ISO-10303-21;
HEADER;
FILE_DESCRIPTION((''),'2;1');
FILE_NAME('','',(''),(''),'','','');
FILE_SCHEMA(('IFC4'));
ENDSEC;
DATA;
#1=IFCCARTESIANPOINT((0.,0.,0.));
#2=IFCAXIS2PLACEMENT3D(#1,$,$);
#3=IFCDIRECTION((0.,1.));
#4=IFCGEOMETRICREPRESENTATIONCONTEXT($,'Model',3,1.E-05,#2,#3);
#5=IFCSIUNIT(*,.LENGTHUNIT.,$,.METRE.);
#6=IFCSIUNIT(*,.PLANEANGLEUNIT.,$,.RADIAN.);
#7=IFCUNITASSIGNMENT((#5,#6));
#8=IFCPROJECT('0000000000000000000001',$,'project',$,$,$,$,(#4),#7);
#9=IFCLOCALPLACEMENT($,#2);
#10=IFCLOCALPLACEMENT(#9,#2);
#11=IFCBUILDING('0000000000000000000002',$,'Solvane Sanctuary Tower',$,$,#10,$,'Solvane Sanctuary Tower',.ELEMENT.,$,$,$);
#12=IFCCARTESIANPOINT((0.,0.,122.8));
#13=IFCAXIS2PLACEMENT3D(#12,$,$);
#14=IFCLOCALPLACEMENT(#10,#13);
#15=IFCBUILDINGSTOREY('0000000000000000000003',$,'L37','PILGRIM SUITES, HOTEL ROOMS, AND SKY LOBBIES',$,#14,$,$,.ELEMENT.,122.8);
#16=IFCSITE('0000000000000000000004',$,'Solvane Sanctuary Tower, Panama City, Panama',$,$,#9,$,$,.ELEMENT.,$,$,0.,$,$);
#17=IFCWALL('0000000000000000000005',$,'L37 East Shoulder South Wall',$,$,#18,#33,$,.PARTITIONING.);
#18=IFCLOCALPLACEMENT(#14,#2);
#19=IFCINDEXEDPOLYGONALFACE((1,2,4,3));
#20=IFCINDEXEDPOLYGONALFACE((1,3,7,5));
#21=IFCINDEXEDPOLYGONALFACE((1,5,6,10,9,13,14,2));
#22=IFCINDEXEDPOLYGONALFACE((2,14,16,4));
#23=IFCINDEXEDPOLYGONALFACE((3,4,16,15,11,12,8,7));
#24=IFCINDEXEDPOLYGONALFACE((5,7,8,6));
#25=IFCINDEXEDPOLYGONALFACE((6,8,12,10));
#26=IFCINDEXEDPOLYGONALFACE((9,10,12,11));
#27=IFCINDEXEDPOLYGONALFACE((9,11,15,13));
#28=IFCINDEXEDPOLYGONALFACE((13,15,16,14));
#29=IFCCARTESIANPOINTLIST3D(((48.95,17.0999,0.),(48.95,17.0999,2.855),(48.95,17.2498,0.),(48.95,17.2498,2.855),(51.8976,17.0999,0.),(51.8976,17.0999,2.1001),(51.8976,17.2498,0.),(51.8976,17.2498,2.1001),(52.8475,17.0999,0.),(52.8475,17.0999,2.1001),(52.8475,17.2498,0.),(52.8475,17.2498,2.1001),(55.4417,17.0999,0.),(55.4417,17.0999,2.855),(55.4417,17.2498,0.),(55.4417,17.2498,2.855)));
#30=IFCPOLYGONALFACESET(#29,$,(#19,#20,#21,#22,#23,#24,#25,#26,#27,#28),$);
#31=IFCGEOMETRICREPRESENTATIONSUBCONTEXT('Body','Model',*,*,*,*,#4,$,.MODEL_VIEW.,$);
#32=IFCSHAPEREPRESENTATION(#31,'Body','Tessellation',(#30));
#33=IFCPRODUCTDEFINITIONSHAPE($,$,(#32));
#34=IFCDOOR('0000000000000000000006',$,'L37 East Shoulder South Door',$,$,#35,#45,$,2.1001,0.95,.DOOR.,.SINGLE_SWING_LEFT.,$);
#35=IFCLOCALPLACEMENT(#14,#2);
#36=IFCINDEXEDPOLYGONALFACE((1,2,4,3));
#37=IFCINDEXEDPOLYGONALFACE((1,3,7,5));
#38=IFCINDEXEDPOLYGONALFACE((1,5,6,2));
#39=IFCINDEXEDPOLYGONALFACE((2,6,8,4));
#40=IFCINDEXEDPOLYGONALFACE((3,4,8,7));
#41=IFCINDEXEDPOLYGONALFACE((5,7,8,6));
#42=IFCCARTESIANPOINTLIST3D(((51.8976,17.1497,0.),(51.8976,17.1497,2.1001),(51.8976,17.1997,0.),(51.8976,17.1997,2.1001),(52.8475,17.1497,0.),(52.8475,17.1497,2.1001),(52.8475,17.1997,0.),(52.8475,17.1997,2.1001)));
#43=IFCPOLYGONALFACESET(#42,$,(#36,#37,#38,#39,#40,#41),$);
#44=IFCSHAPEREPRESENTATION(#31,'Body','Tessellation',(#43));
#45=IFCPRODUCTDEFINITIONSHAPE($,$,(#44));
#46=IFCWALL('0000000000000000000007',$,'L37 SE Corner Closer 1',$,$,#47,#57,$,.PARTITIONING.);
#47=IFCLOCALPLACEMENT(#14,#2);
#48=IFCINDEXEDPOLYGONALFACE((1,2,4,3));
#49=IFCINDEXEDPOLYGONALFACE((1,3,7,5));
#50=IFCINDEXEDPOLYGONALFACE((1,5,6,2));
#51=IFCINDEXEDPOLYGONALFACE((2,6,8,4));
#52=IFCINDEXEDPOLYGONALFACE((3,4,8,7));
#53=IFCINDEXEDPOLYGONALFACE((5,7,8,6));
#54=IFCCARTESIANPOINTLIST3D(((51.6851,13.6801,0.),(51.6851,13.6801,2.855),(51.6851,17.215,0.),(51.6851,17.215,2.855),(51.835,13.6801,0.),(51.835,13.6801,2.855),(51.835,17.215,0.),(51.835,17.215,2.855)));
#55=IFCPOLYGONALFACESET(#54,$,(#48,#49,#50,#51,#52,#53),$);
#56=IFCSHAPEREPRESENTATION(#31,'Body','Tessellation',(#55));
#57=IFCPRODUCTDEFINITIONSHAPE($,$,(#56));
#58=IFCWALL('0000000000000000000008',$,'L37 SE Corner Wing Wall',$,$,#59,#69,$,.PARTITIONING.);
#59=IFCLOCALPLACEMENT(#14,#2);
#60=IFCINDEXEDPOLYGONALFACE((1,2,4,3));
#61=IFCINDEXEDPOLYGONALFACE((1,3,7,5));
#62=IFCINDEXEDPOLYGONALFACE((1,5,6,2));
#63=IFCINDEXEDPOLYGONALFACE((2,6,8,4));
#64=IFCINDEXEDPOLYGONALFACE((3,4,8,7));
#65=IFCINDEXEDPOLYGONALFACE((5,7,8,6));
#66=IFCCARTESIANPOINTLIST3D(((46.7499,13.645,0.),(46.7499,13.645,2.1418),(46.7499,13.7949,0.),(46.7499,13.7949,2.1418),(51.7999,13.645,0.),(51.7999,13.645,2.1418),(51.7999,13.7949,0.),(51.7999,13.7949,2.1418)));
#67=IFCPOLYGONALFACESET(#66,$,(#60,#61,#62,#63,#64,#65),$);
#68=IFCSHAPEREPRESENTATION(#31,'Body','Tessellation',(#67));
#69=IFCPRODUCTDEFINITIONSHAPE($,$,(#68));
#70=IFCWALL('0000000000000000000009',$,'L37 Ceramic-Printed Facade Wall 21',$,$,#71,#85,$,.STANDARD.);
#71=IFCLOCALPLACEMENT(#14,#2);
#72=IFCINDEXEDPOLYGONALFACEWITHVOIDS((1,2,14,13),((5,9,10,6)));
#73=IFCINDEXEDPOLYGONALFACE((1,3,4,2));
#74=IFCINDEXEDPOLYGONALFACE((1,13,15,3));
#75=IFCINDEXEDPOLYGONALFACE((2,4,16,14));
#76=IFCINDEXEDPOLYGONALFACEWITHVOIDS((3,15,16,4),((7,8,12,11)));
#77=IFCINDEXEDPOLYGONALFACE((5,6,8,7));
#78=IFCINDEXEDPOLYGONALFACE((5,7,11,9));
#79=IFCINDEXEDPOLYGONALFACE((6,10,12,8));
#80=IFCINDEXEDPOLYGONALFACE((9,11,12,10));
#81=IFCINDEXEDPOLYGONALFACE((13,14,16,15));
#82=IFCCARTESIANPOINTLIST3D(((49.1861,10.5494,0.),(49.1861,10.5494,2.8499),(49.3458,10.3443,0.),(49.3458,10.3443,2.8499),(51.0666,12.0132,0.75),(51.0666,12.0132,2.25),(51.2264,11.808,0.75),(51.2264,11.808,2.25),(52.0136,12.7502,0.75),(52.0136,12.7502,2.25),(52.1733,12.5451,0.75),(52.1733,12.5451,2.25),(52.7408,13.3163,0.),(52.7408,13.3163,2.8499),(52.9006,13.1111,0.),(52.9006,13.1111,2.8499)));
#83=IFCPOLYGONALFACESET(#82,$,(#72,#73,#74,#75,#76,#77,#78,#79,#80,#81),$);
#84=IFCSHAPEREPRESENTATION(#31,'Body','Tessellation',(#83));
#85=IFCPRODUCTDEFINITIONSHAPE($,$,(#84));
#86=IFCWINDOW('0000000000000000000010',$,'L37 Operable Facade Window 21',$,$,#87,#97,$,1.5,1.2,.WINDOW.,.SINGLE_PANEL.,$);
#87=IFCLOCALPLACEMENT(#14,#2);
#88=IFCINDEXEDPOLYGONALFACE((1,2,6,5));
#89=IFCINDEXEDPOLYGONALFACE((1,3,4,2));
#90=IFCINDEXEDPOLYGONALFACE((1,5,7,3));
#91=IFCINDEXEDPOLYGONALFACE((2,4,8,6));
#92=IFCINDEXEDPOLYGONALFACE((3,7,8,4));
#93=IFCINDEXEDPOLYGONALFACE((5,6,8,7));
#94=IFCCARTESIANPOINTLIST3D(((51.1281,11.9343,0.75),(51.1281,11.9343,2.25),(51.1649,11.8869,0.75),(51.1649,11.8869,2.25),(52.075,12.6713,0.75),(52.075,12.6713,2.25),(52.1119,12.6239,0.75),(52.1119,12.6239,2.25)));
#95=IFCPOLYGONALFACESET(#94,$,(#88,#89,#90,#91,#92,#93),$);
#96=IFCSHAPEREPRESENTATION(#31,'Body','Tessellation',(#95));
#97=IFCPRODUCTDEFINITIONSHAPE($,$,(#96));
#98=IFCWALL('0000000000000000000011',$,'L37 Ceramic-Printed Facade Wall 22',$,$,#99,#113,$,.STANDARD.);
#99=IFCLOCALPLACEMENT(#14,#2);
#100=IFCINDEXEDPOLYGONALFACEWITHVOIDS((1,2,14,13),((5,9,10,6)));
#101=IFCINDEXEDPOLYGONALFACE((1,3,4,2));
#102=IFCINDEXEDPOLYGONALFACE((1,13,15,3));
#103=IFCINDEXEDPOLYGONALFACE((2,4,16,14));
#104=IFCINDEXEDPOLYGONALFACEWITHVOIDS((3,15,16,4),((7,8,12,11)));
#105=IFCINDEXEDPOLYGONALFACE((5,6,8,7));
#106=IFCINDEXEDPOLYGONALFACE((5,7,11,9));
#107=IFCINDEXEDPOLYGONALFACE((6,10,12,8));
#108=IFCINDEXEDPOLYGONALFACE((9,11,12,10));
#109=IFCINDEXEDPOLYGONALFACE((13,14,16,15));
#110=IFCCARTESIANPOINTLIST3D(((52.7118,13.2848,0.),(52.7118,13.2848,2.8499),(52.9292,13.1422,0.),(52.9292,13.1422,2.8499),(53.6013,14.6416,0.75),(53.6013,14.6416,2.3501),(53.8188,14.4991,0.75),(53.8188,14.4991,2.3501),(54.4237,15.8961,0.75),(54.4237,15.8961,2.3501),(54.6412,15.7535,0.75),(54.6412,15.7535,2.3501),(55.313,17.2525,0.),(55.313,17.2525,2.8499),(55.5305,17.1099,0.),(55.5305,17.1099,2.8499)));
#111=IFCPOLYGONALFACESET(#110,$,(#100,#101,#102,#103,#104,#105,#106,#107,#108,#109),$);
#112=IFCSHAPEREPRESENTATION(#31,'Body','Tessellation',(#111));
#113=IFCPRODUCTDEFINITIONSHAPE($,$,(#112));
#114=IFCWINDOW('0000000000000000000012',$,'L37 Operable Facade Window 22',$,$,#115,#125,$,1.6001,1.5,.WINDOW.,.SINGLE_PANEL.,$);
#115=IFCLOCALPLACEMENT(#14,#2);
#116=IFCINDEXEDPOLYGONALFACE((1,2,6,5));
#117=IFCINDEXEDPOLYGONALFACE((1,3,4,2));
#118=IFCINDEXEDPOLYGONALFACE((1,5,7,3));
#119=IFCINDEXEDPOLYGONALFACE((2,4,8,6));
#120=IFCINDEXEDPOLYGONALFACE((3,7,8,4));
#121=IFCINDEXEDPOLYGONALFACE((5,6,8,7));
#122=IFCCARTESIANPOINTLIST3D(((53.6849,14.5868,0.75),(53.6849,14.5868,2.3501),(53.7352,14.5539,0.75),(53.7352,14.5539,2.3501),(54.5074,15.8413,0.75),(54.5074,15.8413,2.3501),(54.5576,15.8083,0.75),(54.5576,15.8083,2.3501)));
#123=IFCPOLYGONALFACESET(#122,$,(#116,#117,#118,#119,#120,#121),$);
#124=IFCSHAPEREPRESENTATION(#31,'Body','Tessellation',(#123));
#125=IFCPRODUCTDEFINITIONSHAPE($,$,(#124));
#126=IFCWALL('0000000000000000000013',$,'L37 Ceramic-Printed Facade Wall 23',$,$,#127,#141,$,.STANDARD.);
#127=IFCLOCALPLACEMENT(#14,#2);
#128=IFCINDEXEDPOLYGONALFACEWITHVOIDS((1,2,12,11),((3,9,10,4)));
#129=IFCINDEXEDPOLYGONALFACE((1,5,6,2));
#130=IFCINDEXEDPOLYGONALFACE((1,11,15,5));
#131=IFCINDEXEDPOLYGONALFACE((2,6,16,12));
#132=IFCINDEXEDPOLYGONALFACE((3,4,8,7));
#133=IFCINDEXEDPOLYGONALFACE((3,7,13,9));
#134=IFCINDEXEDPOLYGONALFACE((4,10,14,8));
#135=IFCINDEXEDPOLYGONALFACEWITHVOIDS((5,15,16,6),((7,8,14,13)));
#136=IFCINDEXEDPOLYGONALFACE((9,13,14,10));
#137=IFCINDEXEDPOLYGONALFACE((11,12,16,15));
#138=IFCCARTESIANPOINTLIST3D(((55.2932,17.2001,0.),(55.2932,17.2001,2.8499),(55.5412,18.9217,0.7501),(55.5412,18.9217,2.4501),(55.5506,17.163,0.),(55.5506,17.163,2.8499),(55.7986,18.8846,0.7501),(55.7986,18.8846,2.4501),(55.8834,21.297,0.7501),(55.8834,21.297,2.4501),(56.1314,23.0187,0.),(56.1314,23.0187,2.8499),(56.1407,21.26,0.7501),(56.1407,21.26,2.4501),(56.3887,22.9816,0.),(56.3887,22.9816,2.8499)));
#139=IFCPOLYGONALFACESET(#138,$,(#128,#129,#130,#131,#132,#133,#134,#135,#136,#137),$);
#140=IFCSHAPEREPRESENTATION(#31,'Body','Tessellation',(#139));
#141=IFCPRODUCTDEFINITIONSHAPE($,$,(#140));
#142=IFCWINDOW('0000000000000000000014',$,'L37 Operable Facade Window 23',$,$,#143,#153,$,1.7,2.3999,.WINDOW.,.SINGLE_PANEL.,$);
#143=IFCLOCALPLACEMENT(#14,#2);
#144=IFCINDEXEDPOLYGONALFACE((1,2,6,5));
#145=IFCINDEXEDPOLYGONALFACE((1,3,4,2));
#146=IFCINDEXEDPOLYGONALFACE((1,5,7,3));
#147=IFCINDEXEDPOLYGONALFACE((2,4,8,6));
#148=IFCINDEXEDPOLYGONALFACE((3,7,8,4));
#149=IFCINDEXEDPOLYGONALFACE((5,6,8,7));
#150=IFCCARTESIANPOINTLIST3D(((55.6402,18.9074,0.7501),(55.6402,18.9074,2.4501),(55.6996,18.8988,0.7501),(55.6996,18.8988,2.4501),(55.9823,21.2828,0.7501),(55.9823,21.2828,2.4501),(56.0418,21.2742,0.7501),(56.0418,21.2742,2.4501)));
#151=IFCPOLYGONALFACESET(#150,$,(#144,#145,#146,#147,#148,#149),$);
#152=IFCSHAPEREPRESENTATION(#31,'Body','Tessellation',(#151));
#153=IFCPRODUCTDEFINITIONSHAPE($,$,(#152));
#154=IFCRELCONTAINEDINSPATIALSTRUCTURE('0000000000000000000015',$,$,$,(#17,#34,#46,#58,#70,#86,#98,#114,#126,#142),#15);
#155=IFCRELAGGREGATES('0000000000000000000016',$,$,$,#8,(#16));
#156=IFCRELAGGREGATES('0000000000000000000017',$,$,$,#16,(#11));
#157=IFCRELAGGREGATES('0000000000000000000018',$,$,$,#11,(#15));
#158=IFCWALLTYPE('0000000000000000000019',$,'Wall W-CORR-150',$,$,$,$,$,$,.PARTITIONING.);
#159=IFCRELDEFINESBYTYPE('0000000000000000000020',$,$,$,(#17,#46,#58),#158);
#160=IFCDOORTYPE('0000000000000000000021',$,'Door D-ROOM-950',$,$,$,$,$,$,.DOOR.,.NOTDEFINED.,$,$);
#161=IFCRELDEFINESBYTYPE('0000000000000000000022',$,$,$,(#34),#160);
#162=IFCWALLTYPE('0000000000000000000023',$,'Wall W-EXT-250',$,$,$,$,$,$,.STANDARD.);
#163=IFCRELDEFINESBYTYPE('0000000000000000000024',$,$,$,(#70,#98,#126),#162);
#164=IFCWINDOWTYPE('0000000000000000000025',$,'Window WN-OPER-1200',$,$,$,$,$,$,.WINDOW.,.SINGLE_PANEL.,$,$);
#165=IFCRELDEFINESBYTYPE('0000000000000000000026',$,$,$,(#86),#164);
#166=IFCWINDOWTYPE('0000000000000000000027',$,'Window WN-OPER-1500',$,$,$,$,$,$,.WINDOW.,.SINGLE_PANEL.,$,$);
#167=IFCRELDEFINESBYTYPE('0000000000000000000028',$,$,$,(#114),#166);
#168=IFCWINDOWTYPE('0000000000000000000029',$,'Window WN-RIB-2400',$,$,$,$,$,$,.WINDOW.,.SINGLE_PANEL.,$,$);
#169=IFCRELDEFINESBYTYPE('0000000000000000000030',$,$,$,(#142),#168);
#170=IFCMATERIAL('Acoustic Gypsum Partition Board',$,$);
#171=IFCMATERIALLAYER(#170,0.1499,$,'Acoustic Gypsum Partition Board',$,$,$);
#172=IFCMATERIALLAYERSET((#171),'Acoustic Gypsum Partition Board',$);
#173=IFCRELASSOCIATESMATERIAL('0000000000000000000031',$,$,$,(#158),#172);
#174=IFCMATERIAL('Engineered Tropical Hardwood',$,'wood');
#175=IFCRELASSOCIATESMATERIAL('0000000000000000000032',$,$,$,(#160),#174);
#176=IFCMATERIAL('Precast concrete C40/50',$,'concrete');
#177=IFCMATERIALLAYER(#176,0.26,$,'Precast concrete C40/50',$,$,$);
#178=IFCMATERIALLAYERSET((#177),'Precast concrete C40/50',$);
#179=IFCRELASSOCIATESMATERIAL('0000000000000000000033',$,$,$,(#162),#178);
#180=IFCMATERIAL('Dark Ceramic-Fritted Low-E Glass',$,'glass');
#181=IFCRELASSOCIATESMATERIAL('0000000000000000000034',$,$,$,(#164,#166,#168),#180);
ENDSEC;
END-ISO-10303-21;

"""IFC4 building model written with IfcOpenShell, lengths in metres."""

from ifc_helpers import new_model, si_unit, direction, frame, frame_2d, origin, place, context, subcontext, project, spatial, rectangle, extrude, material, layer, layer_set, type_object, element, fill, save


model = new_model("IFC4")

# Units and contexts
model_context = context("Model", 3, precision=1e-05, world=origin(), true_north=direction((0.0, 1.0)))
body_context = subcontext(model_context, "Body", "Model", "MODEL_VIEW")
ifc_project = project(units=[si_unit("LENGTHUNIT", "METRE"), si_unit("PLANEANGLEUNIT", "RADIAN")], contexts=[model_context])

# Site, building, storey
site_placement = place(None, origin())
site = spatial("IfcSite", under=ifc_project, at=site_placement, Name="Solvane Sanctuary Tower, Panama City, Panama", CompositionType="ELEMENT", RefElevation=0.0)
building_placement = place(site_placement, origin())
building = spatial("IfcBuilding", under=site, at=building_placement, Name="Solvane Sanctuary Tower", LongName="Solvane Sanctuary Tower", CompositionType="ELEMENT")
storey_placement = place(building_placement, frame((0.0, 0.0, 122.8)))
storey = spatial("IfcBuildingStorey", under=building, at=storey_placement, Name="L37", Description="PILGRIM SUITES, HOTEL ROOMS, AND SKY LOBBIES", CompositionType="ELEMENT", Elevation=122.8)

# Wall, opening, door
ifc_material_1 = material(Name="Acoustic Gypsum Partition Board")
ifc_layer_1 = layer(ifc_material_1, 0.1499, Name="Acoustic Gypsum Partition Board")
ifc_layer_set_1 = layer_set([ifc_layer_1], Name="Acoustic Gypsum Partition Board")
wall_type_1 = type_object("IfcWallType", Name="Wall W-CORR-150", PredefinedType="PARTITIONING", material=ifc_layer_set_1)
wall_1_placement = place(storey_placement, frame((48.95, 17.1748, 0.0), z_axis=(0.0, 0.0, 1.0), x_axis=(1.0, 0.0, 0.0)))
wall_1 = element("IfcWall", 1, at=wall_1_placement, inside=storey, type_object=wall_type_1, Name="L37 East Shoulder South Wall", PredefinedType="PARTITIONING", context=body_context, shape_type="SweptSolid", body=[
    extrude(rectangle(XDim=6.4917, YDim=0.1499, at=frame_2d((3.2458, 0.0))), origin(), (0.0, 0.0, 1.0), 2.855),
])
opening_1_placement = place(wall_1_placement, frame((2.9475, 0.0, 0.0)))
opening_1 = element("IfcOpeningElement", 2, at=opening_1_placement, cuts=wall_1, PredefinedType="OPENING", context=body_context, shape_type="SweptSolid", body=[
    extrude(rectangle(XDim=0.95, YDim=2.1001, at=frame_2d((0.4751, 1.05))), frame((0.0, 0.085, 0.0), z_axis=(0.0, -1.0, 0.0), x_axis=(1.0, 0.0, 0.0)), (0.0, 0.0, 1.0), 0.1699),
])
ifc_material_2 = material(Name="Engineered Tropical Hardwood", Category="wood")
door_type_1 = type_object("IfcDoorType", Name="Door D-ROOM-950", OperationType="NOTDEFINED", PredefinedType="DOOR", material=ifc_material_2)
door_1_placement = place(opening_1_placement, origin())
door_1 = element("IfcDoor", 3, at=door_1_placement, inside=storey, type_object=door_type_1, Name="L37 East Shoulder South Door", OperationType="SINGLE_SWING_LEFT", OverallHeight=2.1001, OverallWidth=0.95, PredefinedType="DOOR", context=body_context, shape_type="SweptSolid", body=[
    extrude(rectangle(XDim=0.95, YDim=2.1001, at=frame_2d((0.4751, 1.05))), frame((0.0, 0.0249, 0.0), z_axis=(0.0, -1.0, 0.0), x_axis=(1.0, 0.0, 0.0)), (0.0, 0.0, 1.0), 0.05),
])
fill(opening_1, door_1)

# Walls
wall_2_placement = place(storey_placement, frame((51.76, 13.6799, 0.0), z_axis=(0.0, 0.0, 1.0), x_axis=(0.0, 1.0, 0.0)))
element("IfcWall", 4, at=wall_2_placement, inside=storey, type_object=wall_type_1, Name="L37 SE Corner Closer 1", PredefinedType="PARTITIONING", context=body_context, shape_type="SweptSolid", body=[
    extrude(rectangle(XDim=3.5349, YDim=0.1499, at=frame_2d((1.7676, 0.0))), origin(), (0.0, 0.0, 1.0), 2.855),
])
wall_3_placement = place(storey_placement, frame((46.75, 13.72, 0.0), z_axis=(0.0, 0.0, 1.0), x_axis=(1.0, 0.0, 0.0)))
element("IfcWall", 5, at=wall_3_placement, inside=storey, type_object=wall_type_1, Name="L37 SE Corner Wing Wall", PredefinedType="PARTITIONING", context=body_context, shape_type="SweptSolid", body=[
    extrude(rectangle(XDim=5.05, YDim=0.1499, at=frame_2d((2.5249, 0.0))), origin(), (0.0, 0.0, 1.0), 2.1418),
])

# Walls, openings, windows
ifc_material_3 = material(Name="Precast concrete C40/50", Category="concrete")
ifc_layer_2 = layer(ifc_material_3, 0.26, Name="Precast concrete C40/50")
ifc_layer_set_2 = layer_set([ifc_layer_2], Name="Precast concrete C40/50")
wall_type_2 = type_object("IfcWallType", Name="Wall W-EXT-250", PredefinedType="STANDARD", material=ifc_layer_set_2)
wall_4_placement = place(storey_placement, frame((49.2659, 10.4468, 0.0), z_axis=(0.0, 0.0, 1.0), x_axis=(0.789127, 0.614229, 0.0)))
wall_4 = element("IfcWall", 6, at=wall_4_placement, inside=storey, type_object=wall_type_2, Name="L37 Ceramic-Printed Facade Wall 21", PredefinedType="STANDARD", context=body_context, shape_type="SweptSolid", body=[
    extrude(rectangle(XDim=4.5046, YDim=0.26, at=frame_2d((2.2524, 0.0))), origin(), (0.0, 0.0, 1.0), 2.8499),
])
opening_2_placement = place(wall_4_placement, frame((2.3831, 0.0, 0.75)))
opening_2 = element("IfcOpeningElement", 7, at=opening_2_placement, cuts=wall_4, PredefinedType="OPENING", context=body_context, shape_type="SweptSolid", body=[
    extrude(rectangle(XDim=1.2, YDim=1.5, at=frame_2d((0.6001, 0.75))), frame((0.0, 0.1399, 0.0), z_axis=(0.0, -1.0, 0.0), x_axis=(1.0, 0.0, 0.0)), (0.0, 0.0, 1.0), 0.28),
])
ifc_material_4 = material(Name="Dark Ceramic-Fritted Low-E Glass", Category="glass")
window_type_1 = type_object("IfcWindowType", Name="Window WN-OPER-1200", PartitioningType="SINGLE_PANEL", PredefinedType="WINDOW", material=ifc_material_4)
window_1_placement = place(opening_2_placement, origin())
window_1 = element("IfcWindow", 8, at=window_1_placement, inside=storey, type_object=window_type_1, Name="L37 Operable Facade Window 21", OverallHeight=1.5, OverallWidth=1.2, PartitioningType="SINGLE_PANEL", PredefinedType="WINDOW", context=body_context, shape_type="SweptSolid", body=[
    extrude(rectangle(XDim=1.2, YDim=1.5, at=frame_2d((0.6001, 0.75))), frame((0.0, 0.03, 0.0), z_axis=(0.0, -1.0, 0.0), x_axis=(1.0, 0.0, 0.0)), (0.0, 0.0, 1.0), 0.0601),
])
fill(opening_2, window_1)
wall_5_placement = place(storey_placement, frame((52.8206, 13.2136, 0.0), z_axis=(0.0, 0.0, 1.0), x_axis=(0.548283, 0.836293, 0.0)))
wall_5 = element("IfcWall", 9, at=wall_5_placement, inside=storey, type_object=wall_type_2, Name="L37 Ceramic-Printed Facade Wall 22", PredefinedType="STANDARD", context=body_context, shape_type="SweptSolid", body=[
    extrude(rectangle(XDim=4.7444, YDim=0.26, at=frame_2d((2.3721, 0.0))), origin(), (0.0, 0.0, 1.0), 2.8499),
])
opening_3_placement = place(wall_5_placement, frame((1.6223, 0.0, 0.75)))
opening_3 = element("IfcOpeningElement", 10, at=opening_3_placement, cuts=wall_5, PredefinedType="OPENING", context=body_context, shape_type="SweptSolid", body=[
    extrude(rectangle(XDim=1.5, YDim=1.6001, at=frame_2d((0.75, 0.8))), frame((0.0, 0.1399, 0.0), z_axis=(0.0, -1.0, 0.0), x_axis=(1.0, 0.0, 0.0)), (0.0, 0.0, 1.0), 0.28),
])
window_type_2 = type_object("IfcWindowType", Name="Window WN-OPER-1500", PartitioningType="SINGLE_PANEL", PredefinedType="WINDOW", material=ifc_material_4)
window_2_placement = place(opening_3_placement, origin())
window_2 = element("IfcWindow", 11, at=window_2_placement, inside=storey, type_object=window_type_2, Name="L37 Operable Facade Window 22", OverallHeight=1.6001, OverallWidth=1.5, PartitioningType="SINGLE_PANEL", PredefinedType="WINDOW", context=body_context, shape_type="SweptSolid", body=[
    extrude(rectangle(XDim=1.5, YDim=1.6001, at=frame_2d((0.75, 0.8))), frame((0.0, 0.03, 0.0), z_axis=(0.0, -1.0, 0.0), x_axis=(1.0, 0.0, 0.0)), (0.0, 0.0, 1.0), 0.0601),
])
fill(opening_3, window_2)
wall_6_placement = place(storey_placement, frame((55.4219, 17.1814, 0.0), z_axis=(0.0, 0.0, 1.0), x_axis=(0.142572, 0.989784, 0.0)))
wall_6 = element("IfcWall", 12, at=wall_6_placement, inside=storey, type_object=wall_type_2, Name="L37 Ceramic-Printed Facade Wall 23", PredefinedType="STANDARD", context=body_context, shape_type="SweptSolid", body=[
    extrude(rectangle(XDim=5.8787, YDim=0.26, at=frame_2d((2.9395, 0.0))), origin(), (0.0, 0.0, 1.0), 2.8499),
])
opening_4_placement = place(wall_6_placement, frame((1.7395, 0.0, 0.75)))
opening_4 = element("IfcOpeningElement", 13, at=opening_4_placement, cuts=wall_6, PredefinedType="OPENING", context=body_context, shape_type="SweptSolid", body=[
    extrude(rectangle(XDim=2.3999, YDim=1.7, at=frame_2d((1.2, 0.8501))), frame((0.0, 0.1399, 0.0), z_axis=(0.0, -1.0, 0.0), x_axis=(1.0, 0.0, 0.0)), (0.0, 0.0, 1.0), 0.28),
])
window_type_3 = type_object("IfcWindowType", Name="Window WN-RIB-2400", PartitioningType="SINGLE_PANEL", PredefinedType="WINDOW", material=ifc_material_4)
window_3_placement = place(opening_4_placement, origin())
window_3 = element("IfcWindow", 14, at=window_3_placement, inside=storey, type_object=window_type_3, Name="L37 Operable Facade Window 23", OverallHeight=1.7, OverallWidth=2.3999, PartitioningType="SINGLE_PANEL", PredefinedType="WINDOW", context=body_context, shape_type="SweptSolid", body=[
    extrude(rectangle(XDim=2.3999, YDim=1.7, at=frame_2d((1.2, 0.8501))), frame((0.0, 0.03, 0.0), z_axis=(0.0, -1.0, 0.0), x_axis=(1.0, 0.0, 0.0)), (0.0, 0.0, 1.0), 0.0601),
])
fill(opening_4, window_3)

save(model, "model.ifc")
